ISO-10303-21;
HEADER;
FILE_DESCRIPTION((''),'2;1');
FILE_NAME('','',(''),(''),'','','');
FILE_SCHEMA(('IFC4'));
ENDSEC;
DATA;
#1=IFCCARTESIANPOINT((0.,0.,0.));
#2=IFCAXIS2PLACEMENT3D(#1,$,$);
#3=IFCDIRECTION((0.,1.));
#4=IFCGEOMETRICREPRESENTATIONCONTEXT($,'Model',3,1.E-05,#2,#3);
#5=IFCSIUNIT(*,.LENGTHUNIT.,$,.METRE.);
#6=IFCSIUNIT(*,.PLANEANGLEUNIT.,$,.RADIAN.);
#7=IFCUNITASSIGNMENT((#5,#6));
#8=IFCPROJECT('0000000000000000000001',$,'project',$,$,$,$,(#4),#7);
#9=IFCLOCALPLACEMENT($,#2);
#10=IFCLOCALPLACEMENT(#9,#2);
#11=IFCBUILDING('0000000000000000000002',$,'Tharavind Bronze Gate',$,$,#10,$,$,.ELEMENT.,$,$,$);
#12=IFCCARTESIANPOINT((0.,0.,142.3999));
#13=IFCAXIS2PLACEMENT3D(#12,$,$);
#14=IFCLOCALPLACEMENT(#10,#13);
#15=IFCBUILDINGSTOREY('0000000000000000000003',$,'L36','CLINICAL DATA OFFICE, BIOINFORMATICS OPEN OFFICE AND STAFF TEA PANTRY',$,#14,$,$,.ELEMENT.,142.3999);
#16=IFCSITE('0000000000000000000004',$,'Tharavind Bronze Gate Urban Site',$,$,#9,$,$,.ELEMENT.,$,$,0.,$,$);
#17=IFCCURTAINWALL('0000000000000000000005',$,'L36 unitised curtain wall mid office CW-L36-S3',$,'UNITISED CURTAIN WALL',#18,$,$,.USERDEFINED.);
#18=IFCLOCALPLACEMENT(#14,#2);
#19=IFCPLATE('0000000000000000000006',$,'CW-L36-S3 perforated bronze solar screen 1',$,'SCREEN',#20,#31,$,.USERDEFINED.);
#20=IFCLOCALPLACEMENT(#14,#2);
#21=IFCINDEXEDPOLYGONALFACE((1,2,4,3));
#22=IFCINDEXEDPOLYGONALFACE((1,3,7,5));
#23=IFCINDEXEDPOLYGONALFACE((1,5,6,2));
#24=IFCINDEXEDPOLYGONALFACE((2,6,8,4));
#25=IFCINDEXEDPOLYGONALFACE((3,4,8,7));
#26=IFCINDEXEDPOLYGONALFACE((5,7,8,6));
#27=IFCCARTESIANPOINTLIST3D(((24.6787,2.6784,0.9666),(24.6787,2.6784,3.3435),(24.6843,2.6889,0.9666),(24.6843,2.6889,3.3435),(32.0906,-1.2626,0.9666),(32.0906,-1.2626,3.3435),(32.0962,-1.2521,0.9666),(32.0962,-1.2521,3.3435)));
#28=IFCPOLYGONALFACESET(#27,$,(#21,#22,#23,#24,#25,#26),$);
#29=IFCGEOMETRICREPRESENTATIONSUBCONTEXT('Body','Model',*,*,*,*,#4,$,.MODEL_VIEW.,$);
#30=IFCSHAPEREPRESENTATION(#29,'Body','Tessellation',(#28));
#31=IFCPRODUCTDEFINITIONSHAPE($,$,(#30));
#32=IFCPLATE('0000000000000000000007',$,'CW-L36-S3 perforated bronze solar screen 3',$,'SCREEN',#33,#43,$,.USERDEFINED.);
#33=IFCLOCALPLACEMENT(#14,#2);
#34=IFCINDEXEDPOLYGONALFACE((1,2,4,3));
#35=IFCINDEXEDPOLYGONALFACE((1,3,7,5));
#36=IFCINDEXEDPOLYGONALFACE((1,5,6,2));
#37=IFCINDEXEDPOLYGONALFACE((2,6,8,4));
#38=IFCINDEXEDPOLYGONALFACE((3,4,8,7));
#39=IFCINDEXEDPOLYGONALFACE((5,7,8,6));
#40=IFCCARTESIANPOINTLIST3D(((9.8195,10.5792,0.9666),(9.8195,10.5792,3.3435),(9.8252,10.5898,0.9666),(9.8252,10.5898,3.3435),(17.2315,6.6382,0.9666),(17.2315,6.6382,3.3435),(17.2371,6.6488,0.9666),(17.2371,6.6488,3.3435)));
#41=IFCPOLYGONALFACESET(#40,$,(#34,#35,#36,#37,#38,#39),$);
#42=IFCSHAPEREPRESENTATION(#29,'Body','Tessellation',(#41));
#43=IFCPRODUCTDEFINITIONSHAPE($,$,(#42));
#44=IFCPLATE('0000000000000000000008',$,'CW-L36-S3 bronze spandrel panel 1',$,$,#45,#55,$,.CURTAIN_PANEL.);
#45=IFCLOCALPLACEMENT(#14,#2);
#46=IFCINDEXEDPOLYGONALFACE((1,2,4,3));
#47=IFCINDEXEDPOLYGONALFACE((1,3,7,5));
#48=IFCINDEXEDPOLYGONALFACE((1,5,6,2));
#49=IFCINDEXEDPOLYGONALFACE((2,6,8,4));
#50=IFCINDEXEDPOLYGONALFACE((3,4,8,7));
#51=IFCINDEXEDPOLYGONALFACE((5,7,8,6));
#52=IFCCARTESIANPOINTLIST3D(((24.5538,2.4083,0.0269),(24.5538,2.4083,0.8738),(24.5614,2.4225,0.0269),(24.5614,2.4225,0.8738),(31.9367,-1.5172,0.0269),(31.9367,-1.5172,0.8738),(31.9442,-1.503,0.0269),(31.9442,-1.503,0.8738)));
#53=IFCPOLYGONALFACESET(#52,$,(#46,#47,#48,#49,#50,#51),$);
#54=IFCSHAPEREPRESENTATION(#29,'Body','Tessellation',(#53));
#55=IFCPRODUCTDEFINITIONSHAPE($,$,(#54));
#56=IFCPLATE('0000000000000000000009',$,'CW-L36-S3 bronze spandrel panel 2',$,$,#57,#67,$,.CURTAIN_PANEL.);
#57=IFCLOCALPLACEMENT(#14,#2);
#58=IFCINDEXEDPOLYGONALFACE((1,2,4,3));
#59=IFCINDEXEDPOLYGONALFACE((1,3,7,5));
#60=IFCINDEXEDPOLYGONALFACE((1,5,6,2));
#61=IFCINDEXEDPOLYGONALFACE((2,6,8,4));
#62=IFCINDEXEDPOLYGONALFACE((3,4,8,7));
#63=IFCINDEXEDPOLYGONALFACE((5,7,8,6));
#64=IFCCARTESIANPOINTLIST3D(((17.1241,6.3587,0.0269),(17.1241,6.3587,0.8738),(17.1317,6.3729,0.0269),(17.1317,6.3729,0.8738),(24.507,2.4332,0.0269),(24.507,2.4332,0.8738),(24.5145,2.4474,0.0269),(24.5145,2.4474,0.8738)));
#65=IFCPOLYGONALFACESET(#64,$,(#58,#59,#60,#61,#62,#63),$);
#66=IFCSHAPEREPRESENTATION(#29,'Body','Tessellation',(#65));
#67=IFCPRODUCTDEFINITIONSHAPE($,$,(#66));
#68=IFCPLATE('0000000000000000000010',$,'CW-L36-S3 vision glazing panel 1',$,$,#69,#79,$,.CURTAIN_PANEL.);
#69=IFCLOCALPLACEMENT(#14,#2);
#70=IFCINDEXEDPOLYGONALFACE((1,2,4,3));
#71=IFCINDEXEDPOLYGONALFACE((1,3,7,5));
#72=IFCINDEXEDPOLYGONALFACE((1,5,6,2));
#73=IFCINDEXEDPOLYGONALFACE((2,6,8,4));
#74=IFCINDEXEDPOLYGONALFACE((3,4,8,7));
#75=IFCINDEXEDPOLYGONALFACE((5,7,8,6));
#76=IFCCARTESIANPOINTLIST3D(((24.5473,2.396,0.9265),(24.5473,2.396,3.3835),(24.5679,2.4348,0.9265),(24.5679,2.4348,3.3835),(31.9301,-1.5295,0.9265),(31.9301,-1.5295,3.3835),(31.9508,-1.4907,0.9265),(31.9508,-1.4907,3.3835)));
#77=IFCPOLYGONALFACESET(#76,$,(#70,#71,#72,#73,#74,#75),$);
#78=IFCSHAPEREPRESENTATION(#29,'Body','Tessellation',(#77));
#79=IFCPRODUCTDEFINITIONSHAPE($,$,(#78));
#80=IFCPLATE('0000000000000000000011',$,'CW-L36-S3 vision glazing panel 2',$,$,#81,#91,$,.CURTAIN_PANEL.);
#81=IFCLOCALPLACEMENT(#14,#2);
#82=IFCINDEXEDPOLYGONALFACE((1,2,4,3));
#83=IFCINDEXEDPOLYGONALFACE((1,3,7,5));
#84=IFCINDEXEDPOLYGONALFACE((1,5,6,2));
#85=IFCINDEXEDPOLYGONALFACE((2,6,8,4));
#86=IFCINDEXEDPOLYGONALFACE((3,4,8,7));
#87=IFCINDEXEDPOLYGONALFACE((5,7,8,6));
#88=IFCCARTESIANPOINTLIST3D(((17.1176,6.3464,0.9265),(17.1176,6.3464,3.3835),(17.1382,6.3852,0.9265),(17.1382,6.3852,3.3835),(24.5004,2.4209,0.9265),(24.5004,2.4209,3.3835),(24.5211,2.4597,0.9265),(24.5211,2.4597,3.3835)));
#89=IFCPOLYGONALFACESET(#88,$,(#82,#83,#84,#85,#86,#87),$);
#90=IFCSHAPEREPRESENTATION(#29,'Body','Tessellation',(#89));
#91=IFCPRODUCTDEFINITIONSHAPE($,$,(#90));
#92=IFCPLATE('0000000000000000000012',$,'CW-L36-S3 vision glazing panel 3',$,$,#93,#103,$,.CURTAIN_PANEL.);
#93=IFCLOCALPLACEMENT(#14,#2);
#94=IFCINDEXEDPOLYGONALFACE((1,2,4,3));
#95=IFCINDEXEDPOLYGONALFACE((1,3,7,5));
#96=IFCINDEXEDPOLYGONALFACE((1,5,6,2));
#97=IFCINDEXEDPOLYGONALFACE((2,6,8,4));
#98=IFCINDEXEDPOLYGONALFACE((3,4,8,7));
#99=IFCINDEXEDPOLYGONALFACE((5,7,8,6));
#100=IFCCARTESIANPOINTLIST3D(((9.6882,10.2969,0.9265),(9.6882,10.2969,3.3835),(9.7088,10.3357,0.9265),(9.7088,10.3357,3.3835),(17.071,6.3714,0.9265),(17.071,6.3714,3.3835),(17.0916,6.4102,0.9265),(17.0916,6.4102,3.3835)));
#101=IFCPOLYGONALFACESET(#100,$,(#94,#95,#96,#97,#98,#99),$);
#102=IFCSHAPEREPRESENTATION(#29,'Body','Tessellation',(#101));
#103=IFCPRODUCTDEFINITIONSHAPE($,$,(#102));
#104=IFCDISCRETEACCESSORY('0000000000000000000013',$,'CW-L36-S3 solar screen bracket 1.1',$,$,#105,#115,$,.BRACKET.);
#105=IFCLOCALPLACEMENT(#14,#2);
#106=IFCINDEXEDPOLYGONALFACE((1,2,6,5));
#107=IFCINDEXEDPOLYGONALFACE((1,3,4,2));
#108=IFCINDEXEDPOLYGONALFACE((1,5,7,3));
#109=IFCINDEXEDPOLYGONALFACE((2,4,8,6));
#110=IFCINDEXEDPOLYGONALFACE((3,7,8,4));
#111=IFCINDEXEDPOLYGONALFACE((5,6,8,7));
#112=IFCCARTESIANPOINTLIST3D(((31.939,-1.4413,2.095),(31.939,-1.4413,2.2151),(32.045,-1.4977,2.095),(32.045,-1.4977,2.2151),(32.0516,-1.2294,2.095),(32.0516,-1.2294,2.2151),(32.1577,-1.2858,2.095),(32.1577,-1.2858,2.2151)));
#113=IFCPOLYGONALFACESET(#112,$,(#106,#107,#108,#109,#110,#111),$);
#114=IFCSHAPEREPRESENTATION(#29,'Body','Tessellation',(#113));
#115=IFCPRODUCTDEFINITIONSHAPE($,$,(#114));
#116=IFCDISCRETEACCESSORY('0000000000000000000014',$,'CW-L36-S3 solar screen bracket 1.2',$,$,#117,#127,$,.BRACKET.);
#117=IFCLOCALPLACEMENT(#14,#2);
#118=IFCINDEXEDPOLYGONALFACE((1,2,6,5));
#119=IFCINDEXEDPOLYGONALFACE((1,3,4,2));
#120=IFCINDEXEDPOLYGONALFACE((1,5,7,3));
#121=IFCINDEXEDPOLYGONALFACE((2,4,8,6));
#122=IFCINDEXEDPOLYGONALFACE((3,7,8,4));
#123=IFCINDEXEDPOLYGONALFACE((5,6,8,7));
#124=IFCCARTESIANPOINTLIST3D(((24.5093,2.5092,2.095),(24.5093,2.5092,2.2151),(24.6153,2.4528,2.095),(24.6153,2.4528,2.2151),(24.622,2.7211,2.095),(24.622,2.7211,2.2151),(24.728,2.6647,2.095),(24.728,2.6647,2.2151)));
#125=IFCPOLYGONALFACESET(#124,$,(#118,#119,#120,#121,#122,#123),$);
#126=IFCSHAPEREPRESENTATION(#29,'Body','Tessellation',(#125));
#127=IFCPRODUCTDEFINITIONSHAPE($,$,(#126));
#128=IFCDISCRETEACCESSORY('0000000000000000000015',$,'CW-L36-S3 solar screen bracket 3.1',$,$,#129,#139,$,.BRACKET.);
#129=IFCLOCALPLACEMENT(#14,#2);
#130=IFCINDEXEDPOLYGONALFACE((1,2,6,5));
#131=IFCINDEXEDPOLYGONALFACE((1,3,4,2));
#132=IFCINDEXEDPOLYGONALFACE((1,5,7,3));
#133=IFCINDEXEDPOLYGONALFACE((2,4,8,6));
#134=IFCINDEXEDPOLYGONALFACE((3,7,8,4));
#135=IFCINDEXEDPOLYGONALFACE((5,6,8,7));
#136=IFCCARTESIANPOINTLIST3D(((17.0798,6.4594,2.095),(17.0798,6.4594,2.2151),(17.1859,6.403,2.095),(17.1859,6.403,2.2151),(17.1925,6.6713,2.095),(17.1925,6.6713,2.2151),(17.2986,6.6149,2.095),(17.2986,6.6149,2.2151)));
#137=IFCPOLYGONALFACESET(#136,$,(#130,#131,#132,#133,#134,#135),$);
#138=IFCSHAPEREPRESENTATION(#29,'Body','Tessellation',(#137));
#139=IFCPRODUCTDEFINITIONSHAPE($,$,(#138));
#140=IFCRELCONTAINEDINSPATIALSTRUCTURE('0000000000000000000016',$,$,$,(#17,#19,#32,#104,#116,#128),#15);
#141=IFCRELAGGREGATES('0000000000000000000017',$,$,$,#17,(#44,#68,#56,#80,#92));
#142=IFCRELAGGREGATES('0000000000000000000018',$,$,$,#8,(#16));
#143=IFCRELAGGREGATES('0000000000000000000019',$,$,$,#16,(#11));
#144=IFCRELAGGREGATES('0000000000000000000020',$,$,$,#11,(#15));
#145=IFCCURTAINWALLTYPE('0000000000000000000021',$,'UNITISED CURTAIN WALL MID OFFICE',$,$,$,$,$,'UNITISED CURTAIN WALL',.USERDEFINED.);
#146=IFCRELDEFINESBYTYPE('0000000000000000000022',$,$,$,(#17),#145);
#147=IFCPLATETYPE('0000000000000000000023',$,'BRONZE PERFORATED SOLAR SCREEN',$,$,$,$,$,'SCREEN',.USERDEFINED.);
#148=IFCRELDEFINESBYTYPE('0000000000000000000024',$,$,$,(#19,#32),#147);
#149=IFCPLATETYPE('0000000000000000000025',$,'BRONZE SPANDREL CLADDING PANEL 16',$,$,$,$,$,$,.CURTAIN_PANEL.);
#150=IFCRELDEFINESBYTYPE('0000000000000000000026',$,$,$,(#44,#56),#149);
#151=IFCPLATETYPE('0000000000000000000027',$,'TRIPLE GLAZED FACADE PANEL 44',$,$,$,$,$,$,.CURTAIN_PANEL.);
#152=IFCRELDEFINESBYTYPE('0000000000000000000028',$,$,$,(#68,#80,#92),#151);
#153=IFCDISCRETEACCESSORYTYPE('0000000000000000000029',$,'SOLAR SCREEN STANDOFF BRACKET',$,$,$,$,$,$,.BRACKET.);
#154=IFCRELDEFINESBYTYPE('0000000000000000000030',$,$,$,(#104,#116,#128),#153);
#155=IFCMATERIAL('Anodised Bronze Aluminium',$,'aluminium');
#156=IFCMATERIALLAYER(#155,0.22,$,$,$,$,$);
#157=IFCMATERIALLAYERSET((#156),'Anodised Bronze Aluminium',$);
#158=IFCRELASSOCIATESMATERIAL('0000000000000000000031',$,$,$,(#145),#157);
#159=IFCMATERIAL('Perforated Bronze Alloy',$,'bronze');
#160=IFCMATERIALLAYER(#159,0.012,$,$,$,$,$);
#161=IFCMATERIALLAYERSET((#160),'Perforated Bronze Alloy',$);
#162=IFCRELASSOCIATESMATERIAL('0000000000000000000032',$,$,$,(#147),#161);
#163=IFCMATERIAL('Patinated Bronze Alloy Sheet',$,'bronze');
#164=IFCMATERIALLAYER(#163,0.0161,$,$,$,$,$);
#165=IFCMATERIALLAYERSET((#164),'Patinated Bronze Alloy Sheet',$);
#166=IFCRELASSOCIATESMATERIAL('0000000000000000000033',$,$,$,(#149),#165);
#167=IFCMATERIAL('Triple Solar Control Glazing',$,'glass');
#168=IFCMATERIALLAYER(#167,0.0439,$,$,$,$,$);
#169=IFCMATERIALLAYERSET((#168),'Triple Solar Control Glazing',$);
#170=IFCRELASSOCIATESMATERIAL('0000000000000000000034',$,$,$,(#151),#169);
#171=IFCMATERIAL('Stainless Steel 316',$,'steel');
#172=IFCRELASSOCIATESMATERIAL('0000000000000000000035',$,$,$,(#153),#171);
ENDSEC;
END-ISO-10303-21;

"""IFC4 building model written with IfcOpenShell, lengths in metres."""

from ifc_helpers import new_model, si_unit, direction, frame, origin, origin_2d, place, context, subcontext, project, spatial, rectangle, extrude, material, layer, layer_set, type_object, element, aggregate, save


model = new_model("IFC4")

# Units and contexts
model_context = context("Model", 3, precision=1e-05, world=origin(), true_north=direction((0.0, 1.0)))
body_context = subcontext(model_context, "Body", "Model", "MODEL_VIEW")
ifc_project = project(units=[si_unit("LENGTHUNIT", "METRE"), si_unit("PLANEANGLEUNIT", "RADIAN")], contexts=[model_context])

# Site, building, storey
site_placement = place(None, origin())
site = spatial("IfcSite", under=ifc_project, at=site_placement, Name="Tharavind Bronze Gate Urban Site", CompositionType="ELEMENT", RefElevation=0.0)
building_placement = place(site_placement, origin())
building = spatial("IfcBuilding", under=site, at=building_placement, Name="Tharavind Bronze Gate", CompositionType="ELEMENT")
storey_placement = place(building_placement, frame((0.0, 0.0, 142.3999)))
storey = spatial("IfcBuildingStorey", under=building, at=storey_placement, Name="L36", Description="CLINICAL DATA OFFICE, BIOINFORMATICS OPEN OFFICE AND STAFF TEA PANTRY", CompositionType="ELEMENT", Elevation=142.3999)

# Curtain wall
ifc_material_1 = material(Name="Anodised Bronze Aluminium", Category="aluminium")
ifc_layer_1 = layer(ifc_material_1, 0.22)
ifc_layer_set_1 = layer_set([ifc_layer_1], Name="Anodised Bronze Aluminium")
curtain_wall_type = type_object("IfcCurtainWallType", Name="UNITISED CURTAIN WALL MID OFFICE", ElementType="UNITISED CURTAIN WALL", PredefinedType="USERDEFINED", material=ifc_layer_set_1)
curtain_wall_placement = place(storey_placement, origin())
curtain_wall = element("IfcCurtainWall", 1, at=curtain_wall_placement, inside=storey, type_object=curtain_wall_type, Name="L36 unitised curtain wall mid office CW-L36-S3", ObjectType="UNITISED CURTAIN WALL", PredefinedType="USERDEFINED")

# Plates
ifc_material_2 = material(Name="Perforated Bronze Alloy", Category="bronze")
ifc_layer_2 = layer(ifc_material_2, 0.012)
ifc_layer_set_2 = layer_set([ifc_layer_2], Name="Perforated Bronze Alloy")
plate_type_1 = type_object("IfcPlateType", Name="BRONZE PERFORATED SOLAR SCREEN", ElementType="SCREEN", PredefinedType="USERDEFINED", material=ifc_layer_set_2)
for number, where, z_axis, x_axis, name in (
    (2, (28.3875, 0.7131, 0.9666), (0.0, 0.0, 1.0), (-0.882948, 0.469472, 0.0), "CW-L36-S3 perforated bronze solar screen 1"),
    (3, (13.5283, 8.614, 0.9666), (0.0, 0.0, 1.0), (-0.882948, 0.469472, 0.0), "CW-L36-S3 perforated bronze solar screen 3"),
):
    element("IfcPlate", number, at=place(storey_placement, frame(where, z_axis=z_axis, x_axis=x_axis)), inside=storey, type_object=plate_type_1, Name=name, ObjectType="SCREEN", PredefinedType="USERDEFINED", context=body_context, shape_type="SweptSolid", body=[
        extrude(rectangle(XDim=8.3945, YDim=0.012, at=origin_2d()), origin(), (0.0, 0.0, 1.0), 2.377),
    ])

# Plates
ifc_material_3 = material(Name="Patinated Bronze Alloy Sheet", Category="bronze")
ifc_layer_3 = layer(ifc_material_3, 0.0161)
ifc_layer_set_3 = layer_set([ifc_layer_3], Name="Patinated Bronze Alloy Sheet")
plate_type_2 = type_object("IfcPlateType", Name="BRONZE SPANDREL CLADDING PANEL 16", PredefinedType="CURTAIN_PANEL", material=ifc_layer_set_3)
plate_1_placement = place(storey_placement, frame((28.249, 0.4526, 0.0269), z_axis=(0.0, 0.0, 1.0), x_axis=(-0.882948, 0.469472, 0.0)))
plate_1 = element("IfcPlate", 4, at=plate_1_placement, type_object=plate_type_2, Name="CW-L36-S3 bronze spandrel panel 1", PredefinedType="CURTAIN_PANEL", context=body_context, shape_type="SweptSolid", body=[
    extrude(rectangle(XDim=8.3616, YDim=0.0161, at=origin_2d()), origin(), (0.0, 0.0, 1.0), 0.8469),
])
plate_2_placement = place(storey_placement, frame((20.8193, 4.4031, 0.0269), z_axis=(0.0, 0.0, 1.0), x_axis=(-0.882948, 0.469472, 0.0)))
plate_2 = element("IfcPlate", 5, at=plate_2_placement, type_object=plate_type_2, Name="CW-L36-S3 bronze spandrel panel 2", PredefinedType="CURTAIN_PANEL", context=body_context, shape_type="SweptSolid", body=[
    extrude(rectangle(XDim=8.3616, YDim=0.0161, at=origin_2d()), origin(), (0.0, 0.0, 1.0), 0.8469),
])
ifc_material_4 = material(Name="Triple Solar Control Glazing", Category="glass")
ifc_layer_4 = layer(ifc_material_4, 0.0439)
ifc_layer_set_4 = layer_set([ifc_layer_4], Name="Triple Solar Control Glazing")
plate_type_3 = type_object("IfcPlateType", Name="TRIPLE GLAZED FACADE PANEL 44", PredefinedType="CURTAIN_PANEL", material=ifc_layer_set_4)
plate_3_placement = place(storey_placement, frame((28.249, 0.4526, 0.9265), z_axis=(0.0, 0.0, 1.0), x_axis=(-0.882948, 0.469472, 0.0)))
plate_3 = element("IfcPlate", 6, at=plate_3_placement, type_object=plate_type_3, Name="CW-L36-S3 vision glazing panel 1", PredefinedType="CURTAIN_PANEL", context=body_context, shape_type="SweptSolid", body=[
    extrude(rectangle(XDim=8.3616, YDim=0.0439, at=origin_2d()), origin(), (0.0, 0.0, 1.0), 2.457),
])
plate_4_placement = place(storey_placement, frame((20.8193, 4.4031, 0.9265), z_axis=(0.0, 0.0, 1.0), x_axis=(-0.882948, 0.469472, 0.0)))
plate_4 = element("IfcPlate", 7, at=plate_4_placement, type_object=plate_type_3, Name="CW-L36-S3 vision glazing panel 2", PredefinedType="CURTAIN_PANEL", context=body_context, shape_type="SweptSolid", body=[
    extrude(rectangle(XDim=8.3616, YDim=0.0439, at=origin_2d()), origin(), (0.0, 0.0, 1.0), 2.457),
])
plate_5_placement = place(storey_placement, frame((13.3899, 8.3535, 0.9265), z_axis=(0.0, 0.0, 1.0), x_axis=(-0.882948, 0.469472, 0.0)))
plate_5 = element("IfcPlate", 8, at=plate_5_placement, type_object=plate_type_3, Name="CW-L36-S3 vision glazing panel 3", PredefinedType="CURTAIN_PANEL", context=body_context, shape_type="SweptSolid", body=[
    extrude(rectangle(XDim=8.3616, YDim=0.0439, at=origin_2d()), origin(), (0.0, 0.0, 1.0), 2.457),
])
aggregate(curtain_wall, [plate_1, plate_3, plate_2, plate_4, plate_5])

# Discrete accessories
ifc_material_5 = material(Name="Stainless Steel 316", Category="steel")
discrete_accessory_type = type_object("IfcDiscreteAccessoryType", Name="SOLAR SCREEN STANDOFF BRACKET", PredefinedType="BRACKET", material=ifc_material_5)
for number, where, z_axis, x_axis, name in (
    (9, (32.0483, -1.3635, 2.095), (0.0, 0.0, 1.0), (-0.882948, 0.469472, 0.0), "CW-L36-S3 solar screen bracket 1.1"),
    (10, (24.6187, 2.5869, 2.095), (0.0, 0.0, 1.0), (-0.882948, 0.469472, 0.0), "CW-L36-S3 solar screen bracket 1.2"),
    (11, (17.1892, 6.5371, 2.095), (0.0, 0.0, 1.0), (-0.882948, 0.469472, 0.0), "CW-L36-S3 solar screen bracket 3.1"),
):
    element("IfcDiscreteAccessory", number, at=place(storey_placement, frame(where, z_axis=z_axis, x_axis=x_axis)), inside=storey, type_object=discrete_accessory_type, Name=name, PredefinedType="BRACKET", context=body_context, shape_type="SweptSolid", body=[
        extrude(rectangle(XDim=0.1201, YDim=0.24, at=origin_2d()), origin(), (0.0, 0.0, 1.0), 0.1201),
    ])

save(model, "model.ifc")
